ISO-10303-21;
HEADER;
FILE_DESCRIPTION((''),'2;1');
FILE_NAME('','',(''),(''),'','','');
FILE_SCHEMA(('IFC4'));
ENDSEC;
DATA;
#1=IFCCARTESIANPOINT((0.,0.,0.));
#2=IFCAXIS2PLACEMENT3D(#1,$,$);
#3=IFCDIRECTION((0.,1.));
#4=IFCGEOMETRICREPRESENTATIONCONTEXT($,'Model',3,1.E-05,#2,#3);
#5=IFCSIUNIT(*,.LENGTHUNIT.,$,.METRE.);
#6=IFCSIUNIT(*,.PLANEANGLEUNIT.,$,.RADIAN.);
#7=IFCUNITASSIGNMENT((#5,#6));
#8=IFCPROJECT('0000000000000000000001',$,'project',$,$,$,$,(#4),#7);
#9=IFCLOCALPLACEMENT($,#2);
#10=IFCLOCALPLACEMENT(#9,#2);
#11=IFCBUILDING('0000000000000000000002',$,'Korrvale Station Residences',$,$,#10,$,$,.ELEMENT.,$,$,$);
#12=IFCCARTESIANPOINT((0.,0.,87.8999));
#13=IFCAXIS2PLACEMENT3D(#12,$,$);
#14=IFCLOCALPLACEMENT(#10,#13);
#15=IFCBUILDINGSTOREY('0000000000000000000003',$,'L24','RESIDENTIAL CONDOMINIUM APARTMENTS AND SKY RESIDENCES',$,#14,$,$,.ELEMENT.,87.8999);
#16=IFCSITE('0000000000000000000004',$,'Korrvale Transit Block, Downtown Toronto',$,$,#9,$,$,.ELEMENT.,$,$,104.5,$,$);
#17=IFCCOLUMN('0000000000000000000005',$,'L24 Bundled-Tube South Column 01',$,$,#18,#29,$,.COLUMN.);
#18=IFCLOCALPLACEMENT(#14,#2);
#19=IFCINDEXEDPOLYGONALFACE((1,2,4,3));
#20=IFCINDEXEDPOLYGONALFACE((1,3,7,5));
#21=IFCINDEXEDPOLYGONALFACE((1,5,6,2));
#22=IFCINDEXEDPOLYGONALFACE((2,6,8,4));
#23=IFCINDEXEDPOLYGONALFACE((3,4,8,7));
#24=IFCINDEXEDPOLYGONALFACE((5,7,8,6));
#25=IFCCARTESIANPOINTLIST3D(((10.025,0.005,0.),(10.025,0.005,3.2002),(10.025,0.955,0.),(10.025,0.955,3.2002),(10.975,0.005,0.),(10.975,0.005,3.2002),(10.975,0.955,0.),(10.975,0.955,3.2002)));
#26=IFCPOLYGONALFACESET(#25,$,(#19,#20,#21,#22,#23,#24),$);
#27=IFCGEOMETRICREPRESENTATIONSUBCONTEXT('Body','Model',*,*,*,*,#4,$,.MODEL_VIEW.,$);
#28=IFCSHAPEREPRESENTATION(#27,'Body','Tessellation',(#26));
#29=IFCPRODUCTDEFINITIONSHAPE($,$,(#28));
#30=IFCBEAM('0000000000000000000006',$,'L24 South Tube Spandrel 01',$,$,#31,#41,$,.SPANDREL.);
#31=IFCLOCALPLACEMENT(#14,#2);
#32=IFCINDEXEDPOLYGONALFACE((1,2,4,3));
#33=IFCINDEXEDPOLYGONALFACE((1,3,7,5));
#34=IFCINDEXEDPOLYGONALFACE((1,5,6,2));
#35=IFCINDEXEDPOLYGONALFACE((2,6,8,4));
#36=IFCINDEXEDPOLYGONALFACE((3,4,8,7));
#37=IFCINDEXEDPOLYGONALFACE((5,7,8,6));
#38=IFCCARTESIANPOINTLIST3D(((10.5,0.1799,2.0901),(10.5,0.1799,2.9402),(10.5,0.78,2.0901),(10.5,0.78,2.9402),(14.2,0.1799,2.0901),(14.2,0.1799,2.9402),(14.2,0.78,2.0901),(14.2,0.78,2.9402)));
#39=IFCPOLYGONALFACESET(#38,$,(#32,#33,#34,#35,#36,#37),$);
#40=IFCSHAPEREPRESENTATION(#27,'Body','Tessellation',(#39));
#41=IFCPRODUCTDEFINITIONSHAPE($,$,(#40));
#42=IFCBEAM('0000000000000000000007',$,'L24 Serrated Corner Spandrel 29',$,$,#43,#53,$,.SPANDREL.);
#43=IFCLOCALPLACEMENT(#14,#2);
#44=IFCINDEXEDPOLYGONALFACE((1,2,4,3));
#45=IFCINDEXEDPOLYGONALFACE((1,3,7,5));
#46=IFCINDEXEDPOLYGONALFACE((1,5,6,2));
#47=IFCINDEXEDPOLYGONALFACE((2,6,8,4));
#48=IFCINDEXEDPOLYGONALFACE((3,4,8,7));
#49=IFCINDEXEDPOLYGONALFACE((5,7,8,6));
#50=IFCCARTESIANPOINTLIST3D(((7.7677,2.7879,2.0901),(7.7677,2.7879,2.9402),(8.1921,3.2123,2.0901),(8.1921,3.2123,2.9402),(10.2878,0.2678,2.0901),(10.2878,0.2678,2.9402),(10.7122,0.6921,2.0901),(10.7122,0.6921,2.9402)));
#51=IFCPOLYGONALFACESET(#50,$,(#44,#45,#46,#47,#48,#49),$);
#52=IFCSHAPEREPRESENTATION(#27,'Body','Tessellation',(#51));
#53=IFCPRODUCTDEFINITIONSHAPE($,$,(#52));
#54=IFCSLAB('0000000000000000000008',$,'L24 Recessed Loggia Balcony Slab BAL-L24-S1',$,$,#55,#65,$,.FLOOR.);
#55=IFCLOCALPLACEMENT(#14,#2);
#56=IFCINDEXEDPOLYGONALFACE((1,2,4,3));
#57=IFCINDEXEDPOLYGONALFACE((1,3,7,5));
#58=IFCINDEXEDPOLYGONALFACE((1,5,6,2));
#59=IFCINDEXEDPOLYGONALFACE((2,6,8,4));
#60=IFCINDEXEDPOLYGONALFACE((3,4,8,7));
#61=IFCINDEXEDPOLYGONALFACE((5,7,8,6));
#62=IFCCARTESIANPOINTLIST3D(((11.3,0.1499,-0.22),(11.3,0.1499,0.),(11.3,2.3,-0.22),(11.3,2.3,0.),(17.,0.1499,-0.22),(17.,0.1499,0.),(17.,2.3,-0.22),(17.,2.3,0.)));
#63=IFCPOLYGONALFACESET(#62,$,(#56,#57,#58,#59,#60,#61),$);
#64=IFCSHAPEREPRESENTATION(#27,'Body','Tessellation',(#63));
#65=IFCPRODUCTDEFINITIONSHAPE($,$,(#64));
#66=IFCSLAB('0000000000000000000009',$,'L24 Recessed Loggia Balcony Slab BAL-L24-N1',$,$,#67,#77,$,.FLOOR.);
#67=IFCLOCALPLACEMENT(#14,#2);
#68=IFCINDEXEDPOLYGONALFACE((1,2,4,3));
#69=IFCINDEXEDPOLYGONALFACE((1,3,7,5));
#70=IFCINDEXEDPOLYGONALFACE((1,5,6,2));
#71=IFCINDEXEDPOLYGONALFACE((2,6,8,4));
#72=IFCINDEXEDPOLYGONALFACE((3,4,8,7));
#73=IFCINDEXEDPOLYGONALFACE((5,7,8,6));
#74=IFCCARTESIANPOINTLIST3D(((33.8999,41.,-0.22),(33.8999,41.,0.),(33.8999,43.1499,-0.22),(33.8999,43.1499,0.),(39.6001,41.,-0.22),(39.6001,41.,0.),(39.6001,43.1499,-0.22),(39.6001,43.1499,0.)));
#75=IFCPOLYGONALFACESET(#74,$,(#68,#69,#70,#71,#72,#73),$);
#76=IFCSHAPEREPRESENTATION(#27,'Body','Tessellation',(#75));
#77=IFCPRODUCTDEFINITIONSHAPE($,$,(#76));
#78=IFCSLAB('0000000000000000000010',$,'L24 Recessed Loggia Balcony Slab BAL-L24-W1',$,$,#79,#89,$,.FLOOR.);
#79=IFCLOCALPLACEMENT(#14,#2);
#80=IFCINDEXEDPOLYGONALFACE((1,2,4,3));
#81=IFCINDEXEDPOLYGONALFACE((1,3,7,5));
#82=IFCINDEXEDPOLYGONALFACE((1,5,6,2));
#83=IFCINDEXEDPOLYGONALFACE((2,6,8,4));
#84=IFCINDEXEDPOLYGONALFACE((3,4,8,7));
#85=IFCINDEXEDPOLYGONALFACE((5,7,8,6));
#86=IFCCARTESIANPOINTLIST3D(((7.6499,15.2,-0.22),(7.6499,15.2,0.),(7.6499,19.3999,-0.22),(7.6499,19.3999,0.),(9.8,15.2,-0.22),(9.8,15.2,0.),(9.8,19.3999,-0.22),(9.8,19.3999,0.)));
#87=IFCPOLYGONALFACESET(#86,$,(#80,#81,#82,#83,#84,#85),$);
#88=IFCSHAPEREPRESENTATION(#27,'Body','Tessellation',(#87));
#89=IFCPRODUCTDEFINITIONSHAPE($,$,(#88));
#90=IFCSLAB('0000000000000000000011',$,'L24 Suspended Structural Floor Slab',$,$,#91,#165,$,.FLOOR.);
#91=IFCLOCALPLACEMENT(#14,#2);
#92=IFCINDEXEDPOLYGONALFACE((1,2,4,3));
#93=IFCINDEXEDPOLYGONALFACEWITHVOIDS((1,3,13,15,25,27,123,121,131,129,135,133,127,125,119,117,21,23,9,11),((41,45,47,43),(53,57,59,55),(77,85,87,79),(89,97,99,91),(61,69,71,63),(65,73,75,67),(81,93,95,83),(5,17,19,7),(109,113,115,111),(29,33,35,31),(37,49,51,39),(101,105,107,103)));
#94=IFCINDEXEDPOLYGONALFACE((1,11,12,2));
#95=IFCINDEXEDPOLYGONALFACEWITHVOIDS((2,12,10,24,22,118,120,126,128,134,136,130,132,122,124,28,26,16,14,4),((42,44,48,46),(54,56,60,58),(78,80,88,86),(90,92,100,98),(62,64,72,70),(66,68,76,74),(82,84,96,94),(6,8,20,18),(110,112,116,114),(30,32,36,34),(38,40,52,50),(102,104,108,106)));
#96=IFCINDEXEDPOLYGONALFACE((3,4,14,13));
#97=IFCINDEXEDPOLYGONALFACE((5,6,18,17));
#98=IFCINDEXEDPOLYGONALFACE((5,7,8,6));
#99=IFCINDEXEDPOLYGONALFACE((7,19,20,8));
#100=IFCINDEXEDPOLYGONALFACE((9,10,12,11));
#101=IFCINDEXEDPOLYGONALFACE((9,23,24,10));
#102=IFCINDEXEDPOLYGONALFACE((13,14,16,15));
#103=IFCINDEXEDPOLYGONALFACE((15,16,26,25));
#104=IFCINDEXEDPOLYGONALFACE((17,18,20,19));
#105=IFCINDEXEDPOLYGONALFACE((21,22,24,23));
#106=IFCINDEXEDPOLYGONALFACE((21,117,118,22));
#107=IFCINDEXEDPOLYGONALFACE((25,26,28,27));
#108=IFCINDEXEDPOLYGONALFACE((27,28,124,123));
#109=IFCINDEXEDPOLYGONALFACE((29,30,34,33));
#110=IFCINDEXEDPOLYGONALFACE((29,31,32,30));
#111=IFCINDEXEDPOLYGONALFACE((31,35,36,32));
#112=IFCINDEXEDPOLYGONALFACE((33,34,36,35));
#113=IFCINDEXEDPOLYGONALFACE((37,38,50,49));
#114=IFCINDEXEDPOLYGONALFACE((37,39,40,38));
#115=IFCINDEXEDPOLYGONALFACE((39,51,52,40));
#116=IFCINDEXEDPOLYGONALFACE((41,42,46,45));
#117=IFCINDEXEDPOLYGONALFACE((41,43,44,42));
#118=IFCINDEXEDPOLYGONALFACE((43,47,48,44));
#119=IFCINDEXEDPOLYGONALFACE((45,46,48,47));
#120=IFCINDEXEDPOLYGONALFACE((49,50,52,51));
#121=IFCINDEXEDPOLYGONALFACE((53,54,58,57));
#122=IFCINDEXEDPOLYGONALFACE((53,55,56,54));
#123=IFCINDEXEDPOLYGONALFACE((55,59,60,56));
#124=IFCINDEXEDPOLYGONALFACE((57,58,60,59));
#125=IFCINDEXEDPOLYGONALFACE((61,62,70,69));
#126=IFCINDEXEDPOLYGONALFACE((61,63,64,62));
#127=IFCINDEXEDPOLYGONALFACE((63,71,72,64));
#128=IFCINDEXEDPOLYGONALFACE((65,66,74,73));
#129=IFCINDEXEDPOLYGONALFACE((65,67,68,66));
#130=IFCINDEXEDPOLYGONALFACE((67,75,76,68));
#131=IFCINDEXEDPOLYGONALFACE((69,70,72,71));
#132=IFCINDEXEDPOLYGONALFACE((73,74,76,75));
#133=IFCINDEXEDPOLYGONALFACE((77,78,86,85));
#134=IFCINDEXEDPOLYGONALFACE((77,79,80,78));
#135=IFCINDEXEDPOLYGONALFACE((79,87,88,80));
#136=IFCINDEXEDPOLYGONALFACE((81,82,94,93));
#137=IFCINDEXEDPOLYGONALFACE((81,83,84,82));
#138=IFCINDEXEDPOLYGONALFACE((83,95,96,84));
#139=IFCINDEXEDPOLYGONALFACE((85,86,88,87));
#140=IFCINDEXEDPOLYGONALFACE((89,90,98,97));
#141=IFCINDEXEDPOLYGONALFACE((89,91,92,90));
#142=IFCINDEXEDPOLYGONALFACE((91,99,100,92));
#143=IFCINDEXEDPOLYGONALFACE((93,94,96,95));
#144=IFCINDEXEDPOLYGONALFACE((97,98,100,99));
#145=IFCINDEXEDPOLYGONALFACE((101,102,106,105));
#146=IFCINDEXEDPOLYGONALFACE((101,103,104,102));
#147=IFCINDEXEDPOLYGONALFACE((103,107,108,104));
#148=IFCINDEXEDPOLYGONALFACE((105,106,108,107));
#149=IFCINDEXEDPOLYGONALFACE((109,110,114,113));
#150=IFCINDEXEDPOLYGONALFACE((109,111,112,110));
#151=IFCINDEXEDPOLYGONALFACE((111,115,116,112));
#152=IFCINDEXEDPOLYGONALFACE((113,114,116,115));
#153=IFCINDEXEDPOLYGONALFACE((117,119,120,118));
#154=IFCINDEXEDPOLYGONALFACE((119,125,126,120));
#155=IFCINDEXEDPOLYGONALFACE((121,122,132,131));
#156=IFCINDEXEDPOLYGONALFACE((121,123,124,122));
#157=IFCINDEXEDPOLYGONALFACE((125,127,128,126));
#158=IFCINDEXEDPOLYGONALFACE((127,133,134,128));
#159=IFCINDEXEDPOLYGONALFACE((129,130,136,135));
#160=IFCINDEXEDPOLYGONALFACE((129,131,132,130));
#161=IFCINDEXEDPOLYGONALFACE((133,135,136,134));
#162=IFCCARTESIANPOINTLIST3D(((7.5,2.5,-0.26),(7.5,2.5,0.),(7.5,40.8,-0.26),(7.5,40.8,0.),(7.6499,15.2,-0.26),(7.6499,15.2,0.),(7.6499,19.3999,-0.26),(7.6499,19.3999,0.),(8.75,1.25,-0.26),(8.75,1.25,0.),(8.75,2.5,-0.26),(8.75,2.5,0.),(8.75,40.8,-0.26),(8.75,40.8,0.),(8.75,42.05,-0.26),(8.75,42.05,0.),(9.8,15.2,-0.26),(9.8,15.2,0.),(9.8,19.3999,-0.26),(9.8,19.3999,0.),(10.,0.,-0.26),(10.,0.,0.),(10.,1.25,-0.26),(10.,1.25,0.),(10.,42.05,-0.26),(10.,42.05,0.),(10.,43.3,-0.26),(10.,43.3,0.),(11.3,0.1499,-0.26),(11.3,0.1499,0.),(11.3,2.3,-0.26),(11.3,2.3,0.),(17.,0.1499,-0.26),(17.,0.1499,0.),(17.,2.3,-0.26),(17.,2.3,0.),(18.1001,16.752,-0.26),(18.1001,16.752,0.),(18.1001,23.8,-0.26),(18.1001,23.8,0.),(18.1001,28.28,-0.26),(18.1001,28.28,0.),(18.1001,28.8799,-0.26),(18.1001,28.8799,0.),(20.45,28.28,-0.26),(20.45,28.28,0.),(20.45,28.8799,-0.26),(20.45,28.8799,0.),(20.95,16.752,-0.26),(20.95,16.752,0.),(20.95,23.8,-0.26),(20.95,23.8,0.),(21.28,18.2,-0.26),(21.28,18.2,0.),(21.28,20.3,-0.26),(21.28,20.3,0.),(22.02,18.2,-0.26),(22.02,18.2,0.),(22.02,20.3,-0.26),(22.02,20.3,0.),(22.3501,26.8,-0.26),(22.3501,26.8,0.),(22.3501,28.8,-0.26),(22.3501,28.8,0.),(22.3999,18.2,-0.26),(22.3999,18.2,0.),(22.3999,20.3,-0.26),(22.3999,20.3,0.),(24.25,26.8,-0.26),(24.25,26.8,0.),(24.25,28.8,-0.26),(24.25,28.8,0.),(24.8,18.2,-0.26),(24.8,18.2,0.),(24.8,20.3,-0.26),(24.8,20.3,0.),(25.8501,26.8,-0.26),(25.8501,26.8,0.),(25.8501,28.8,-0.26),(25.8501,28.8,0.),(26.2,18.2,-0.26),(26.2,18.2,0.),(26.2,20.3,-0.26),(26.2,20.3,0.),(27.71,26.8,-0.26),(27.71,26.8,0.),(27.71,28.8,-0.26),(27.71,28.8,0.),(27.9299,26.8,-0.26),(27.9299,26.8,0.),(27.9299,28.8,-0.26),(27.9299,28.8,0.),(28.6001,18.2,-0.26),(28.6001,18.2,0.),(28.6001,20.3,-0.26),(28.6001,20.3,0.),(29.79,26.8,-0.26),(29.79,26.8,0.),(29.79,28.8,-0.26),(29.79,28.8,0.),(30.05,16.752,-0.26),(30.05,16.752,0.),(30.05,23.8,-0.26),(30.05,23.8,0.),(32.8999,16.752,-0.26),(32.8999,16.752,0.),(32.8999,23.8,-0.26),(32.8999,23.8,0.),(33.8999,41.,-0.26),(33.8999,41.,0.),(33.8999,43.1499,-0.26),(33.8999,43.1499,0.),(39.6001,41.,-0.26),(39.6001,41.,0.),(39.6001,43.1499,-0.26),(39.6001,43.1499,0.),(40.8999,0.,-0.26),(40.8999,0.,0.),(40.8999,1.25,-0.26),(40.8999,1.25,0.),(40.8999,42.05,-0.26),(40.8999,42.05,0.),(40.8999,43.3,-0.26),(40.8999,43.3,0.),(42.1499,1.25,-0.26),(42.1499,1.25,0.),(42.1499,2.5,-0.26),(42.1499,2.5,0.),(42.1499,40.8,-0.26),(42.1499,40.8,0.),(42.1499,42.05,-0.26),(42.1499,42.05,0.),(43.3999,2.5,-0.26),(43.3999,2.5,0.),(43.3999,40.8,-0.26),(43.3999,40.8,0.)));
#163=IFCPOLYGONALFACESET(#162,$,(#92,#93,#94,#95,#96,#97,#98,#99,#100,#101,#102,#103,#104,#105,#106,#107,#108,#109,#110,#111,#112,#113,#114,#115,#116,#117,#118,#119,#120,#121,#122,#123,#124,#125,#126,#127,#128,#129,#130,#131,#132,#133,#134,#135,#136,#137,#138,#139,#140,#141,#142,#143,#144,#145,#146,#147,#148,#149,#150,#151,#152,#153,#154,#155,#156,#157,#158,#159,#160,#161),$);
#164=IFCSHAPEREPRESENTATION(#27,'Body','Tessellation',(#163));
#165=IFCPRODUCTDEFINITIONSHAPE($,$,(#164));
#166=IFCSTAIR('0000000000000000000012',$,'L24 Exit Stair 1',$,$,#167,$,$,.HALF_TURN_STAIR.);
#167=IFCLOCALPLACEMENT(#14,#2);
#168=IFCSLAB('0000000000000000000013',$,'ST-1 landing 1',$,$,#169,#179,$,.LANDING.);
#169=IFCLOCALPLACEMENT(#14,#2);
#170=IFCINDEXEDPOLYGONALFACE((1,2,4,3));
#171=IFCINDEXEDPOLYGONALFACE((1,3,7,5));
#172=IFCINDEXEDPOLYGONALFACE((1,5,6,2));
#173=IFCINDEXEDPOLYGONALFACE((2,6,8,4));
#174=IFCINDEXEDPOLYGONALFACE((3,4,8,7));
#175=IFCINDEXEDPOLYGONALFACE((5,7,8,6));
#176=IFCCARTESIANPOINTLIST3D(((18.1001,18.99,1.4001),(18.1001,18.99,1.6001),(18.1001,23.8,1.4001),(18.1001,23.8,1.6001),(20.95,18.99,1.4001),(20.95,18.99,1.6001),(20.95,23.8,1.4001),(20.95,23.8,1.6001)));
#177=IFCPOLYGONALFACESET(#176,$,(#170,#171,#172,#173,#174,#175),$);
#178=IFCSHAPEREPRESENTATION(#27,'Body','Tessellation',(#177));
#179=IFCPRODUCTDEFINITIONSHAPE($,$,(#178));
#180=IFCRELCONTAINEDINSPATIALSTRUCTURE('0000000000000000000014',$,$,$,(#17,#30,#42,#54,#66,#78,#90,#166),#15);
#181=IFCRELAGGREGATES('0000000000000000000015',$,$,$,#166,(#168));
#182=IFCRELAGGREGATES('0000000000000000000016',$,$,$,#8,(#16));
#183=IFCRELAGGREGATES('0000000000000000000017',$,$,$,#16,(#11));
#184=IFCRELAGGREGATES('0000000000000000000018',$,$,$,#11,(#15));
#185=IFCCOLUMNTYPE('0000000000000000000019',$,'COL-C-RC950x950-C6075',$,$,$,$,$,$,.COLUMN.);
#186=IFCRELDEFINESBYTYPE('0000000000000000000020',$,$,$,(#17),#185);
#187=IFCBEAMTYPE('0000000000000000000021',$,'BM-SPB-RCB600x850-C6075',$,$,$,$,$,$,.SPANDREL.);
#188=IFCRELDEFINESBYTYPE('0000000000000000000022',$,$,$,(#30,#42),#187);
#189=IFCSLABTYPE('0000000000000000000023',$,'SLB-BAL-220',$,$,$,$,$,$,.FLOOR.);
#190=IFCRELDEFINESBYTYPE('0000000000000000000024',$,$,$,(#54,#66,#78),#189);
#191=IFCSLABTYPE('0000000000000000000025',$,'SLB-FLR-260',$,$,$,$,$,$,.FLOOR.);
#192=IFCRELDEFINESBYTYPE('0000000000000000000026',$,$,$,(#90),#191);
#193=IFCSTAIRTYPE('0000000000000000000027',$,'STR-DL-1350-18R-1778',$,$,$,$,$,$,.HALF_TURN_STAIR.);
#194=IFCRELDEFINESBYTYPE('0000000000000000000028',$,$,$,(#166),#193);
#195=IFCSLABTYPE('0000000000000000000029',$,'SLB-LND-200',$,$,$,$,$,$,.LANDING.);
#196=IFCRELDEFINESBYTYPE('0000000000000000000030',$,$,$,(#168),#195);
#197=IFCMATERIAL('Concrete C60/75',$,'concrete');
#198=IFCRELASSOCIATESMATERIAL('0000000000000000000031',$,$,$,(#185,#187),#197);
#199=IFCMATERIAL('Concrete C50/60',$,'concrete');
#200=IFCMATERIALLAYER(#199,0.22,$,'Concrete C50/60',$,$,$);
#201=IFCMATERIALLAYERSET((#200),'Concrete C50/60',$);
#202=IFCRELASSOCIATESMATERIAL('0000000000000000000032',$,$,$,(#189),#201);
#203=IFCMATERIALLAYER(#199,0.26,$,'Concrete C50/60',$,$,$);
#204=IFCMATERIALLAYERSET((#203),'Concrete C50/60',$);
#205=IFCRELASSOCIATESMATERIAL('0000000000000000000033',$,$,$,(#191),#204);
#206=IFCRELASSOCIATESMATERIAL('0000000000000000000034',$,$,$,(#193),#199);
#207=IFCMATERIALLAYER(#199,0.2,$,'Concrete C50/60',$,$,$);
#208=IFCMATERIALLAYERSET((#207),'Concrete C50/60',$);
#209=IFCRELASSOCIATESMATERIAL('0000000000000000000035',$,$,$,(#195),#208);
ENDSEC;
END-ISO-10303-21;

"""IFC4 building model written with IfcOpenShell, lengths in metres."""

from ifc_helpers import new_model, si_unit, direction, frame, origin, origin_2d, place, context, subcontext, project, spatial, polyline, rectangle, outline, extrude, material, layer, layer_set, material_profile, profile_set, type_object, element, aggregate, save


model = new_model("IFC4")

# Units and contexts
model_context = context("Model", 3, precision=1e-05, world=origin(), true_north=direction((0.0, 1.0)))
body_context = subcontext(model_context, "Body", "Model", "MODEL_VIEW")
ifc_project = project(units=[si_unit("LENGTHUNIT", "METRE"), si_unit("PLANEANGLEUNIT", "RADIAN")], contexts=[model_context])

# Site, building, storey
site_placement = place(None, origin())
site = spatial("IfcSite", under=ifc_project, at=site_placement, Name="Korrvale Transit Block, Downtown Toronto", CompositionType="ELEMENT", RefElevation=104.5)
building_placement = place(site_placement, origin())
building = spatial("IfcBuilding", under=site, at=building_placement, Name="Korrvale Station Residences", CompositionType="ELEMENT")
storey_placement = place(building_placement, frame((0.0, 0.0, 87.8999)))
storey = spatial("IfcBuildingStorey", under=building, at=storey_placement, Name="L24", Description="RESIDENTIAL CONDOMINIUM APARTMENTS AND SKY RESIDENCES", CompositionType="ELEMENT", Elevation=87.8999)

# Column
ifc_material_1 = material(Name="Concrete C60/75", Category="concrete")
ifc_material_profile_1 = material_profile(ifc_material_1, rectangle(XDim=0.95, YDim=0.95, at=origin_2d()), Name="RC950x950")
ifc_profile_set_1 = profile_set([ifc_material_profile_1], Name="Concrete C60/75")
column_type = type_object("IfcColumnType", Name="COL-C-RC950x950-C6075", PredefinedType="COLUMN", material=ifc_profile_set_1)
column_placement = place(storey_placement, frame((10.5, 0.48, 0.0), z_axis=(0.0, 0.0, 1.0), x_axis=(1.0, 0.0, 0.0)))
element("IfcColumn", 1, at=column_placement, inside=storey, type_object=column_type, Name="L24 Bundled-Tube South Column 01", PredefinedType="COLUMN", context=body_context, shape_type="SweptSolid", body=[
    extrude(rectangle(XDim=0.95, YDim=0.95, at=origin_2d()), origin(), (0.0, 0.0, 1.0), 3.2002),
])

# Beams
ifc_material_profile_2 = material_profile(ifc_material_1, rectangle(XDim=0.6001, YDim=0.8501, at=origin_2d()), Name="RCB600x850")
ifc_profile_set_2 = profile_set([ifc_material_profile_2], Name="Concrete C60/75")
beam_type = type_object("IfcBeamType", Name="BM-SPB-RCB600x850-C6075", PredefinedType="SPANDREL", material=ifc_profile_set_2)
beam_1_placement = place(storey_placement, frame((10.5, 0.48, 2.5151), z_axis=(1.0, 0.0, 0.0), x_axis=(0.0, 1.0, 0.0)))
element("IfcBeam", 2, at=beam_1_placement, inside=storey, type_object=beam_type, Name="L24 South Tube Spandrel 01", PredefinedType="SPANDREL", context=body_context, shape_type="SweptSolid", body=[
    extrude(rectangle(XDim=0.6001, YDim=0.8501, at=origin_2d()), origin(), (0.0, 0.0, 1.0), 3.7),
])
beam_2_placement = place(storey_placement, frame((10.5, 0.48, 2.5151), z_axis=(-0.707107, 0.707107, 0.0), x_axis=(-0.707107, -0.707107, 0.0)))
element("IfcBeam", 3, at=beam_2_placement, inside=storey, type_object=beam_type, Name="L24 Serrated Corner Spandrel 29", PredefinedType="SPANDREL", context=body_context, shape_type="SweptSolid", body=[
    extrude(rectangle(XDim=0.6001, YDim=0.8501, at=origin_2d()), origin(), (0.0, 0.0, 1.0), 3.564),
])

# Slabs
ifc_material_2 = material(Name="Concrete C50/60", Category="concrete")
ifc_layer_1 = layer(ifc_material_2, 0.22, Name="Concrete C50/60")
ifc_layer_set_1 = layer_set([ifc_layer_1], Name="Concrete C50/60")
slab_type_1 = type_object("IfcSlabType", Name="SLB-BAL-220", PredefinedType="FLOOR", material=ifc_layer_set_1)
slab_1_placement = place(storey_placement, frame((0.0, 0.0, -0.22)))
element("IfcSlab", 4, at=slab_1_placement, inside=storey, type_object=slab_type_1, Name="L24 Recessed Loggia Balcony Slab BAL-L24-S1", PredefinedType="FLOOR", context=body_context, shape_type="SweptSolid", body=[
    extrude(outline(polyline([(11.3, 0.1499), (17.0, 0.1499), (17.0, 2.3), (11.3, 2.3), (11.3, 0.1499)])), origin(), (0.0, 0.0, 1.0), 0.22),
])
slab_2_placement = place(storey_placement, frame((0.0, 0.0, -0.22)))
element("IfcSlab", 5, at=slab_2_placement, inside=storey, type_object=slab_type_1, Name="L24 Recessed Loggia Balcony Slab BAL-L24-N1", PredefinedType="FLOOR", context=body_context, shape_type="SweptSolid", body=[
    extrude(outline(polyline([(33.8999, 41.0), (39.6001, 41.0), (39.6001, 43.1499), (33.8999, 43.1499), (33.8999, 41.0)])), origin(), (0.0, 0.0, 1.0), 0.22),
])
slab_3_placement = place(storey_placement, frame((0.0, 0.0, -0.22)))
element("IfcSlab", 6, at=slab_3_placement, inside=storey, type_object=slab_type_1, Name="L24 Recessed Loggia Balcony Slab BAL-L24-W1", PredefinedType="FLOOR", context=body_context, shape_type="SweptSolid", body=[
    extrude(outline(polyline([(7.6499, 15.2), (9.8, 15.2), (9.8, 19.3999), (7.6499, 19.3999), (7.6499, 15.2)])), origin(), (0.0, 0.0, 1.0), 0.22),
])
ifc_layer_2 = layer(ifc_material_2, 0.26, Name="Concrete C50/60")
ifc_layer_set_2 = layer_set([ifc_layer_2], Name="Concrete C50/60")
slab_type_2 = type_object("IfcSlabType", Name="SLB-FLR-260", PredefinedType="FLOOR", material=ifc_layer_set_2)
slab_4_placement = place(storey_placement, frame((0.0, 0.0, -0.26)))
element("IfcSlab", 7, at=slab_4_placement, inside=storey, type_object=slab_type_2, Name="L24 Suspended Structural Floor Slab", PredefinedType="FLOOR", context=body_context, shape_type="SweptSolid", body=[
    extrude(outline(polyline([(10.0, 0.0), (40.8999, 0.0), (40.8999, 1.25), (42.1499, 1.25), (42.1499, 2.5), (43.3999, 2.5), (43.3999, 40.8), (42.1499, 40.8), (42.1499, 42.05), (40.8999, 42.05), (40.8999, 43.3), (10.0, 43.3), (10.0, 42.05), (8.75, 42.05), (8.75, 40.8), (7.5, 40.8), (7.5, 2.5), (8.75, 2.5), (8.75, 1.25), (10.0, 1.25), (10.0, 0.0)]), holes=[polyline([(20.95, 16.752), (20.95, 23.8), (18.1001, 23.8), (18.1001, 16.752), (20.95, 16.752)]), polyline([(32.8999, 16.752), (32.8999, 23.8), (30.05, 23.8), (30.05, 16.752), (32.8999, 16.752)]), polyline([(22.3501, 26.8), (24.25, 26.8), (24.25, 28.8), (22.3501, 28.8), (22.3501, 26.8)]), polyline([(25.8501, 26.8), (27.71, 26.8), (27.71, 28.8), (25.8501, 28.8), (25.8501, 26.8)]), polyline([(27.9299, 26.8), (29.79, 26.8), (29.79, 28.8), (27.9299, 28.8), (27.9299, 26.8)]), polyline([(22.3999, 18.2), (24.8, 18.2), (24.8, 20.3), (22.3999, 20.3), (22.3999, 18.2)]), polyline([(26.2, 18.2), (28.6001, 18.2), (28.6001, 20.3), (26.2, 20.3), (26.2, 18.2)]), polyline([(18.1001, 28.28), (20.45, 28.28), (20.45, 28.8799), (18.1001, 28.8799), (18.1001, 28.28)]), polyline([(21.28, 18.2), (22.02, 18.2), (22.02, 20.3), (21.28, 20.3), (21.28, 18.2)]), polyline([(11.3, 0.1499), (17.0, 0.1499), (17.0, 2.3), (11.3, 2.3), (11.3, 0.1499)]), polyline([(33.8999, 41.0), (39.6001, 41.0), (39.6001, 43.1499), (33.8999, 43.1499), (33.8999, 41.0)]), polyline([(7.6499, 15.2), (9.8, 15.2), (9.8, 19.3999), (7.6499, 19.3999), (7.6499, 15.2)])]), origin(), (0.0, 0.0, 1.0), 0.26),
])

# Stair, slab
stair_type = type_object("IfcStairType", Name="STR-DL-1350-18R-1778", PredefinedType="HALF_TURN_STAIR", material=ifc_material_2)
stair_1_placement = place(storey_placement, origin())
stair_1 = element("IfcStair", 8, at=stair_1_placement, inside=storey, type_object=stair_type, Name="L24 Exit Stair 1", PredefinedType="HALF_TURN_STAIR")
ifc_layer_3 = layer(ifc_material_2, 0.2, Name="Concrete C50/60")
ifc_layer_set_3 = layer_set([ifc_layer_3], Name="Concrete C50/60")
slab_type_3 = type_object("IfcSlabType", Name="SLB-LND-200", PredefinedType="LANDING", material=ifc_layer_set_3)
slab_5_placement = place(storey_placement, frame((0.0, 0.0, 1.4001)))
slab_5 = element("IfcSlab", 9, at=slab_5_placement, type_object=slab_type_3, Name="ST-1 landing 1", PredefinedType="LANDING", context=body_context, shape_type="SweptSolid", body=[
    extrude(outline(polyline([(20.95, 18.99), (20.95, 23.8), (18.1001, 23.8), (18.1001, 18.99), (20.95, 18.99)])), origin(), (0.0, 0.0, 1.0), 0.2),
])
aggregate(stair_1, [slab_5])

save(model, "model.ifc")
